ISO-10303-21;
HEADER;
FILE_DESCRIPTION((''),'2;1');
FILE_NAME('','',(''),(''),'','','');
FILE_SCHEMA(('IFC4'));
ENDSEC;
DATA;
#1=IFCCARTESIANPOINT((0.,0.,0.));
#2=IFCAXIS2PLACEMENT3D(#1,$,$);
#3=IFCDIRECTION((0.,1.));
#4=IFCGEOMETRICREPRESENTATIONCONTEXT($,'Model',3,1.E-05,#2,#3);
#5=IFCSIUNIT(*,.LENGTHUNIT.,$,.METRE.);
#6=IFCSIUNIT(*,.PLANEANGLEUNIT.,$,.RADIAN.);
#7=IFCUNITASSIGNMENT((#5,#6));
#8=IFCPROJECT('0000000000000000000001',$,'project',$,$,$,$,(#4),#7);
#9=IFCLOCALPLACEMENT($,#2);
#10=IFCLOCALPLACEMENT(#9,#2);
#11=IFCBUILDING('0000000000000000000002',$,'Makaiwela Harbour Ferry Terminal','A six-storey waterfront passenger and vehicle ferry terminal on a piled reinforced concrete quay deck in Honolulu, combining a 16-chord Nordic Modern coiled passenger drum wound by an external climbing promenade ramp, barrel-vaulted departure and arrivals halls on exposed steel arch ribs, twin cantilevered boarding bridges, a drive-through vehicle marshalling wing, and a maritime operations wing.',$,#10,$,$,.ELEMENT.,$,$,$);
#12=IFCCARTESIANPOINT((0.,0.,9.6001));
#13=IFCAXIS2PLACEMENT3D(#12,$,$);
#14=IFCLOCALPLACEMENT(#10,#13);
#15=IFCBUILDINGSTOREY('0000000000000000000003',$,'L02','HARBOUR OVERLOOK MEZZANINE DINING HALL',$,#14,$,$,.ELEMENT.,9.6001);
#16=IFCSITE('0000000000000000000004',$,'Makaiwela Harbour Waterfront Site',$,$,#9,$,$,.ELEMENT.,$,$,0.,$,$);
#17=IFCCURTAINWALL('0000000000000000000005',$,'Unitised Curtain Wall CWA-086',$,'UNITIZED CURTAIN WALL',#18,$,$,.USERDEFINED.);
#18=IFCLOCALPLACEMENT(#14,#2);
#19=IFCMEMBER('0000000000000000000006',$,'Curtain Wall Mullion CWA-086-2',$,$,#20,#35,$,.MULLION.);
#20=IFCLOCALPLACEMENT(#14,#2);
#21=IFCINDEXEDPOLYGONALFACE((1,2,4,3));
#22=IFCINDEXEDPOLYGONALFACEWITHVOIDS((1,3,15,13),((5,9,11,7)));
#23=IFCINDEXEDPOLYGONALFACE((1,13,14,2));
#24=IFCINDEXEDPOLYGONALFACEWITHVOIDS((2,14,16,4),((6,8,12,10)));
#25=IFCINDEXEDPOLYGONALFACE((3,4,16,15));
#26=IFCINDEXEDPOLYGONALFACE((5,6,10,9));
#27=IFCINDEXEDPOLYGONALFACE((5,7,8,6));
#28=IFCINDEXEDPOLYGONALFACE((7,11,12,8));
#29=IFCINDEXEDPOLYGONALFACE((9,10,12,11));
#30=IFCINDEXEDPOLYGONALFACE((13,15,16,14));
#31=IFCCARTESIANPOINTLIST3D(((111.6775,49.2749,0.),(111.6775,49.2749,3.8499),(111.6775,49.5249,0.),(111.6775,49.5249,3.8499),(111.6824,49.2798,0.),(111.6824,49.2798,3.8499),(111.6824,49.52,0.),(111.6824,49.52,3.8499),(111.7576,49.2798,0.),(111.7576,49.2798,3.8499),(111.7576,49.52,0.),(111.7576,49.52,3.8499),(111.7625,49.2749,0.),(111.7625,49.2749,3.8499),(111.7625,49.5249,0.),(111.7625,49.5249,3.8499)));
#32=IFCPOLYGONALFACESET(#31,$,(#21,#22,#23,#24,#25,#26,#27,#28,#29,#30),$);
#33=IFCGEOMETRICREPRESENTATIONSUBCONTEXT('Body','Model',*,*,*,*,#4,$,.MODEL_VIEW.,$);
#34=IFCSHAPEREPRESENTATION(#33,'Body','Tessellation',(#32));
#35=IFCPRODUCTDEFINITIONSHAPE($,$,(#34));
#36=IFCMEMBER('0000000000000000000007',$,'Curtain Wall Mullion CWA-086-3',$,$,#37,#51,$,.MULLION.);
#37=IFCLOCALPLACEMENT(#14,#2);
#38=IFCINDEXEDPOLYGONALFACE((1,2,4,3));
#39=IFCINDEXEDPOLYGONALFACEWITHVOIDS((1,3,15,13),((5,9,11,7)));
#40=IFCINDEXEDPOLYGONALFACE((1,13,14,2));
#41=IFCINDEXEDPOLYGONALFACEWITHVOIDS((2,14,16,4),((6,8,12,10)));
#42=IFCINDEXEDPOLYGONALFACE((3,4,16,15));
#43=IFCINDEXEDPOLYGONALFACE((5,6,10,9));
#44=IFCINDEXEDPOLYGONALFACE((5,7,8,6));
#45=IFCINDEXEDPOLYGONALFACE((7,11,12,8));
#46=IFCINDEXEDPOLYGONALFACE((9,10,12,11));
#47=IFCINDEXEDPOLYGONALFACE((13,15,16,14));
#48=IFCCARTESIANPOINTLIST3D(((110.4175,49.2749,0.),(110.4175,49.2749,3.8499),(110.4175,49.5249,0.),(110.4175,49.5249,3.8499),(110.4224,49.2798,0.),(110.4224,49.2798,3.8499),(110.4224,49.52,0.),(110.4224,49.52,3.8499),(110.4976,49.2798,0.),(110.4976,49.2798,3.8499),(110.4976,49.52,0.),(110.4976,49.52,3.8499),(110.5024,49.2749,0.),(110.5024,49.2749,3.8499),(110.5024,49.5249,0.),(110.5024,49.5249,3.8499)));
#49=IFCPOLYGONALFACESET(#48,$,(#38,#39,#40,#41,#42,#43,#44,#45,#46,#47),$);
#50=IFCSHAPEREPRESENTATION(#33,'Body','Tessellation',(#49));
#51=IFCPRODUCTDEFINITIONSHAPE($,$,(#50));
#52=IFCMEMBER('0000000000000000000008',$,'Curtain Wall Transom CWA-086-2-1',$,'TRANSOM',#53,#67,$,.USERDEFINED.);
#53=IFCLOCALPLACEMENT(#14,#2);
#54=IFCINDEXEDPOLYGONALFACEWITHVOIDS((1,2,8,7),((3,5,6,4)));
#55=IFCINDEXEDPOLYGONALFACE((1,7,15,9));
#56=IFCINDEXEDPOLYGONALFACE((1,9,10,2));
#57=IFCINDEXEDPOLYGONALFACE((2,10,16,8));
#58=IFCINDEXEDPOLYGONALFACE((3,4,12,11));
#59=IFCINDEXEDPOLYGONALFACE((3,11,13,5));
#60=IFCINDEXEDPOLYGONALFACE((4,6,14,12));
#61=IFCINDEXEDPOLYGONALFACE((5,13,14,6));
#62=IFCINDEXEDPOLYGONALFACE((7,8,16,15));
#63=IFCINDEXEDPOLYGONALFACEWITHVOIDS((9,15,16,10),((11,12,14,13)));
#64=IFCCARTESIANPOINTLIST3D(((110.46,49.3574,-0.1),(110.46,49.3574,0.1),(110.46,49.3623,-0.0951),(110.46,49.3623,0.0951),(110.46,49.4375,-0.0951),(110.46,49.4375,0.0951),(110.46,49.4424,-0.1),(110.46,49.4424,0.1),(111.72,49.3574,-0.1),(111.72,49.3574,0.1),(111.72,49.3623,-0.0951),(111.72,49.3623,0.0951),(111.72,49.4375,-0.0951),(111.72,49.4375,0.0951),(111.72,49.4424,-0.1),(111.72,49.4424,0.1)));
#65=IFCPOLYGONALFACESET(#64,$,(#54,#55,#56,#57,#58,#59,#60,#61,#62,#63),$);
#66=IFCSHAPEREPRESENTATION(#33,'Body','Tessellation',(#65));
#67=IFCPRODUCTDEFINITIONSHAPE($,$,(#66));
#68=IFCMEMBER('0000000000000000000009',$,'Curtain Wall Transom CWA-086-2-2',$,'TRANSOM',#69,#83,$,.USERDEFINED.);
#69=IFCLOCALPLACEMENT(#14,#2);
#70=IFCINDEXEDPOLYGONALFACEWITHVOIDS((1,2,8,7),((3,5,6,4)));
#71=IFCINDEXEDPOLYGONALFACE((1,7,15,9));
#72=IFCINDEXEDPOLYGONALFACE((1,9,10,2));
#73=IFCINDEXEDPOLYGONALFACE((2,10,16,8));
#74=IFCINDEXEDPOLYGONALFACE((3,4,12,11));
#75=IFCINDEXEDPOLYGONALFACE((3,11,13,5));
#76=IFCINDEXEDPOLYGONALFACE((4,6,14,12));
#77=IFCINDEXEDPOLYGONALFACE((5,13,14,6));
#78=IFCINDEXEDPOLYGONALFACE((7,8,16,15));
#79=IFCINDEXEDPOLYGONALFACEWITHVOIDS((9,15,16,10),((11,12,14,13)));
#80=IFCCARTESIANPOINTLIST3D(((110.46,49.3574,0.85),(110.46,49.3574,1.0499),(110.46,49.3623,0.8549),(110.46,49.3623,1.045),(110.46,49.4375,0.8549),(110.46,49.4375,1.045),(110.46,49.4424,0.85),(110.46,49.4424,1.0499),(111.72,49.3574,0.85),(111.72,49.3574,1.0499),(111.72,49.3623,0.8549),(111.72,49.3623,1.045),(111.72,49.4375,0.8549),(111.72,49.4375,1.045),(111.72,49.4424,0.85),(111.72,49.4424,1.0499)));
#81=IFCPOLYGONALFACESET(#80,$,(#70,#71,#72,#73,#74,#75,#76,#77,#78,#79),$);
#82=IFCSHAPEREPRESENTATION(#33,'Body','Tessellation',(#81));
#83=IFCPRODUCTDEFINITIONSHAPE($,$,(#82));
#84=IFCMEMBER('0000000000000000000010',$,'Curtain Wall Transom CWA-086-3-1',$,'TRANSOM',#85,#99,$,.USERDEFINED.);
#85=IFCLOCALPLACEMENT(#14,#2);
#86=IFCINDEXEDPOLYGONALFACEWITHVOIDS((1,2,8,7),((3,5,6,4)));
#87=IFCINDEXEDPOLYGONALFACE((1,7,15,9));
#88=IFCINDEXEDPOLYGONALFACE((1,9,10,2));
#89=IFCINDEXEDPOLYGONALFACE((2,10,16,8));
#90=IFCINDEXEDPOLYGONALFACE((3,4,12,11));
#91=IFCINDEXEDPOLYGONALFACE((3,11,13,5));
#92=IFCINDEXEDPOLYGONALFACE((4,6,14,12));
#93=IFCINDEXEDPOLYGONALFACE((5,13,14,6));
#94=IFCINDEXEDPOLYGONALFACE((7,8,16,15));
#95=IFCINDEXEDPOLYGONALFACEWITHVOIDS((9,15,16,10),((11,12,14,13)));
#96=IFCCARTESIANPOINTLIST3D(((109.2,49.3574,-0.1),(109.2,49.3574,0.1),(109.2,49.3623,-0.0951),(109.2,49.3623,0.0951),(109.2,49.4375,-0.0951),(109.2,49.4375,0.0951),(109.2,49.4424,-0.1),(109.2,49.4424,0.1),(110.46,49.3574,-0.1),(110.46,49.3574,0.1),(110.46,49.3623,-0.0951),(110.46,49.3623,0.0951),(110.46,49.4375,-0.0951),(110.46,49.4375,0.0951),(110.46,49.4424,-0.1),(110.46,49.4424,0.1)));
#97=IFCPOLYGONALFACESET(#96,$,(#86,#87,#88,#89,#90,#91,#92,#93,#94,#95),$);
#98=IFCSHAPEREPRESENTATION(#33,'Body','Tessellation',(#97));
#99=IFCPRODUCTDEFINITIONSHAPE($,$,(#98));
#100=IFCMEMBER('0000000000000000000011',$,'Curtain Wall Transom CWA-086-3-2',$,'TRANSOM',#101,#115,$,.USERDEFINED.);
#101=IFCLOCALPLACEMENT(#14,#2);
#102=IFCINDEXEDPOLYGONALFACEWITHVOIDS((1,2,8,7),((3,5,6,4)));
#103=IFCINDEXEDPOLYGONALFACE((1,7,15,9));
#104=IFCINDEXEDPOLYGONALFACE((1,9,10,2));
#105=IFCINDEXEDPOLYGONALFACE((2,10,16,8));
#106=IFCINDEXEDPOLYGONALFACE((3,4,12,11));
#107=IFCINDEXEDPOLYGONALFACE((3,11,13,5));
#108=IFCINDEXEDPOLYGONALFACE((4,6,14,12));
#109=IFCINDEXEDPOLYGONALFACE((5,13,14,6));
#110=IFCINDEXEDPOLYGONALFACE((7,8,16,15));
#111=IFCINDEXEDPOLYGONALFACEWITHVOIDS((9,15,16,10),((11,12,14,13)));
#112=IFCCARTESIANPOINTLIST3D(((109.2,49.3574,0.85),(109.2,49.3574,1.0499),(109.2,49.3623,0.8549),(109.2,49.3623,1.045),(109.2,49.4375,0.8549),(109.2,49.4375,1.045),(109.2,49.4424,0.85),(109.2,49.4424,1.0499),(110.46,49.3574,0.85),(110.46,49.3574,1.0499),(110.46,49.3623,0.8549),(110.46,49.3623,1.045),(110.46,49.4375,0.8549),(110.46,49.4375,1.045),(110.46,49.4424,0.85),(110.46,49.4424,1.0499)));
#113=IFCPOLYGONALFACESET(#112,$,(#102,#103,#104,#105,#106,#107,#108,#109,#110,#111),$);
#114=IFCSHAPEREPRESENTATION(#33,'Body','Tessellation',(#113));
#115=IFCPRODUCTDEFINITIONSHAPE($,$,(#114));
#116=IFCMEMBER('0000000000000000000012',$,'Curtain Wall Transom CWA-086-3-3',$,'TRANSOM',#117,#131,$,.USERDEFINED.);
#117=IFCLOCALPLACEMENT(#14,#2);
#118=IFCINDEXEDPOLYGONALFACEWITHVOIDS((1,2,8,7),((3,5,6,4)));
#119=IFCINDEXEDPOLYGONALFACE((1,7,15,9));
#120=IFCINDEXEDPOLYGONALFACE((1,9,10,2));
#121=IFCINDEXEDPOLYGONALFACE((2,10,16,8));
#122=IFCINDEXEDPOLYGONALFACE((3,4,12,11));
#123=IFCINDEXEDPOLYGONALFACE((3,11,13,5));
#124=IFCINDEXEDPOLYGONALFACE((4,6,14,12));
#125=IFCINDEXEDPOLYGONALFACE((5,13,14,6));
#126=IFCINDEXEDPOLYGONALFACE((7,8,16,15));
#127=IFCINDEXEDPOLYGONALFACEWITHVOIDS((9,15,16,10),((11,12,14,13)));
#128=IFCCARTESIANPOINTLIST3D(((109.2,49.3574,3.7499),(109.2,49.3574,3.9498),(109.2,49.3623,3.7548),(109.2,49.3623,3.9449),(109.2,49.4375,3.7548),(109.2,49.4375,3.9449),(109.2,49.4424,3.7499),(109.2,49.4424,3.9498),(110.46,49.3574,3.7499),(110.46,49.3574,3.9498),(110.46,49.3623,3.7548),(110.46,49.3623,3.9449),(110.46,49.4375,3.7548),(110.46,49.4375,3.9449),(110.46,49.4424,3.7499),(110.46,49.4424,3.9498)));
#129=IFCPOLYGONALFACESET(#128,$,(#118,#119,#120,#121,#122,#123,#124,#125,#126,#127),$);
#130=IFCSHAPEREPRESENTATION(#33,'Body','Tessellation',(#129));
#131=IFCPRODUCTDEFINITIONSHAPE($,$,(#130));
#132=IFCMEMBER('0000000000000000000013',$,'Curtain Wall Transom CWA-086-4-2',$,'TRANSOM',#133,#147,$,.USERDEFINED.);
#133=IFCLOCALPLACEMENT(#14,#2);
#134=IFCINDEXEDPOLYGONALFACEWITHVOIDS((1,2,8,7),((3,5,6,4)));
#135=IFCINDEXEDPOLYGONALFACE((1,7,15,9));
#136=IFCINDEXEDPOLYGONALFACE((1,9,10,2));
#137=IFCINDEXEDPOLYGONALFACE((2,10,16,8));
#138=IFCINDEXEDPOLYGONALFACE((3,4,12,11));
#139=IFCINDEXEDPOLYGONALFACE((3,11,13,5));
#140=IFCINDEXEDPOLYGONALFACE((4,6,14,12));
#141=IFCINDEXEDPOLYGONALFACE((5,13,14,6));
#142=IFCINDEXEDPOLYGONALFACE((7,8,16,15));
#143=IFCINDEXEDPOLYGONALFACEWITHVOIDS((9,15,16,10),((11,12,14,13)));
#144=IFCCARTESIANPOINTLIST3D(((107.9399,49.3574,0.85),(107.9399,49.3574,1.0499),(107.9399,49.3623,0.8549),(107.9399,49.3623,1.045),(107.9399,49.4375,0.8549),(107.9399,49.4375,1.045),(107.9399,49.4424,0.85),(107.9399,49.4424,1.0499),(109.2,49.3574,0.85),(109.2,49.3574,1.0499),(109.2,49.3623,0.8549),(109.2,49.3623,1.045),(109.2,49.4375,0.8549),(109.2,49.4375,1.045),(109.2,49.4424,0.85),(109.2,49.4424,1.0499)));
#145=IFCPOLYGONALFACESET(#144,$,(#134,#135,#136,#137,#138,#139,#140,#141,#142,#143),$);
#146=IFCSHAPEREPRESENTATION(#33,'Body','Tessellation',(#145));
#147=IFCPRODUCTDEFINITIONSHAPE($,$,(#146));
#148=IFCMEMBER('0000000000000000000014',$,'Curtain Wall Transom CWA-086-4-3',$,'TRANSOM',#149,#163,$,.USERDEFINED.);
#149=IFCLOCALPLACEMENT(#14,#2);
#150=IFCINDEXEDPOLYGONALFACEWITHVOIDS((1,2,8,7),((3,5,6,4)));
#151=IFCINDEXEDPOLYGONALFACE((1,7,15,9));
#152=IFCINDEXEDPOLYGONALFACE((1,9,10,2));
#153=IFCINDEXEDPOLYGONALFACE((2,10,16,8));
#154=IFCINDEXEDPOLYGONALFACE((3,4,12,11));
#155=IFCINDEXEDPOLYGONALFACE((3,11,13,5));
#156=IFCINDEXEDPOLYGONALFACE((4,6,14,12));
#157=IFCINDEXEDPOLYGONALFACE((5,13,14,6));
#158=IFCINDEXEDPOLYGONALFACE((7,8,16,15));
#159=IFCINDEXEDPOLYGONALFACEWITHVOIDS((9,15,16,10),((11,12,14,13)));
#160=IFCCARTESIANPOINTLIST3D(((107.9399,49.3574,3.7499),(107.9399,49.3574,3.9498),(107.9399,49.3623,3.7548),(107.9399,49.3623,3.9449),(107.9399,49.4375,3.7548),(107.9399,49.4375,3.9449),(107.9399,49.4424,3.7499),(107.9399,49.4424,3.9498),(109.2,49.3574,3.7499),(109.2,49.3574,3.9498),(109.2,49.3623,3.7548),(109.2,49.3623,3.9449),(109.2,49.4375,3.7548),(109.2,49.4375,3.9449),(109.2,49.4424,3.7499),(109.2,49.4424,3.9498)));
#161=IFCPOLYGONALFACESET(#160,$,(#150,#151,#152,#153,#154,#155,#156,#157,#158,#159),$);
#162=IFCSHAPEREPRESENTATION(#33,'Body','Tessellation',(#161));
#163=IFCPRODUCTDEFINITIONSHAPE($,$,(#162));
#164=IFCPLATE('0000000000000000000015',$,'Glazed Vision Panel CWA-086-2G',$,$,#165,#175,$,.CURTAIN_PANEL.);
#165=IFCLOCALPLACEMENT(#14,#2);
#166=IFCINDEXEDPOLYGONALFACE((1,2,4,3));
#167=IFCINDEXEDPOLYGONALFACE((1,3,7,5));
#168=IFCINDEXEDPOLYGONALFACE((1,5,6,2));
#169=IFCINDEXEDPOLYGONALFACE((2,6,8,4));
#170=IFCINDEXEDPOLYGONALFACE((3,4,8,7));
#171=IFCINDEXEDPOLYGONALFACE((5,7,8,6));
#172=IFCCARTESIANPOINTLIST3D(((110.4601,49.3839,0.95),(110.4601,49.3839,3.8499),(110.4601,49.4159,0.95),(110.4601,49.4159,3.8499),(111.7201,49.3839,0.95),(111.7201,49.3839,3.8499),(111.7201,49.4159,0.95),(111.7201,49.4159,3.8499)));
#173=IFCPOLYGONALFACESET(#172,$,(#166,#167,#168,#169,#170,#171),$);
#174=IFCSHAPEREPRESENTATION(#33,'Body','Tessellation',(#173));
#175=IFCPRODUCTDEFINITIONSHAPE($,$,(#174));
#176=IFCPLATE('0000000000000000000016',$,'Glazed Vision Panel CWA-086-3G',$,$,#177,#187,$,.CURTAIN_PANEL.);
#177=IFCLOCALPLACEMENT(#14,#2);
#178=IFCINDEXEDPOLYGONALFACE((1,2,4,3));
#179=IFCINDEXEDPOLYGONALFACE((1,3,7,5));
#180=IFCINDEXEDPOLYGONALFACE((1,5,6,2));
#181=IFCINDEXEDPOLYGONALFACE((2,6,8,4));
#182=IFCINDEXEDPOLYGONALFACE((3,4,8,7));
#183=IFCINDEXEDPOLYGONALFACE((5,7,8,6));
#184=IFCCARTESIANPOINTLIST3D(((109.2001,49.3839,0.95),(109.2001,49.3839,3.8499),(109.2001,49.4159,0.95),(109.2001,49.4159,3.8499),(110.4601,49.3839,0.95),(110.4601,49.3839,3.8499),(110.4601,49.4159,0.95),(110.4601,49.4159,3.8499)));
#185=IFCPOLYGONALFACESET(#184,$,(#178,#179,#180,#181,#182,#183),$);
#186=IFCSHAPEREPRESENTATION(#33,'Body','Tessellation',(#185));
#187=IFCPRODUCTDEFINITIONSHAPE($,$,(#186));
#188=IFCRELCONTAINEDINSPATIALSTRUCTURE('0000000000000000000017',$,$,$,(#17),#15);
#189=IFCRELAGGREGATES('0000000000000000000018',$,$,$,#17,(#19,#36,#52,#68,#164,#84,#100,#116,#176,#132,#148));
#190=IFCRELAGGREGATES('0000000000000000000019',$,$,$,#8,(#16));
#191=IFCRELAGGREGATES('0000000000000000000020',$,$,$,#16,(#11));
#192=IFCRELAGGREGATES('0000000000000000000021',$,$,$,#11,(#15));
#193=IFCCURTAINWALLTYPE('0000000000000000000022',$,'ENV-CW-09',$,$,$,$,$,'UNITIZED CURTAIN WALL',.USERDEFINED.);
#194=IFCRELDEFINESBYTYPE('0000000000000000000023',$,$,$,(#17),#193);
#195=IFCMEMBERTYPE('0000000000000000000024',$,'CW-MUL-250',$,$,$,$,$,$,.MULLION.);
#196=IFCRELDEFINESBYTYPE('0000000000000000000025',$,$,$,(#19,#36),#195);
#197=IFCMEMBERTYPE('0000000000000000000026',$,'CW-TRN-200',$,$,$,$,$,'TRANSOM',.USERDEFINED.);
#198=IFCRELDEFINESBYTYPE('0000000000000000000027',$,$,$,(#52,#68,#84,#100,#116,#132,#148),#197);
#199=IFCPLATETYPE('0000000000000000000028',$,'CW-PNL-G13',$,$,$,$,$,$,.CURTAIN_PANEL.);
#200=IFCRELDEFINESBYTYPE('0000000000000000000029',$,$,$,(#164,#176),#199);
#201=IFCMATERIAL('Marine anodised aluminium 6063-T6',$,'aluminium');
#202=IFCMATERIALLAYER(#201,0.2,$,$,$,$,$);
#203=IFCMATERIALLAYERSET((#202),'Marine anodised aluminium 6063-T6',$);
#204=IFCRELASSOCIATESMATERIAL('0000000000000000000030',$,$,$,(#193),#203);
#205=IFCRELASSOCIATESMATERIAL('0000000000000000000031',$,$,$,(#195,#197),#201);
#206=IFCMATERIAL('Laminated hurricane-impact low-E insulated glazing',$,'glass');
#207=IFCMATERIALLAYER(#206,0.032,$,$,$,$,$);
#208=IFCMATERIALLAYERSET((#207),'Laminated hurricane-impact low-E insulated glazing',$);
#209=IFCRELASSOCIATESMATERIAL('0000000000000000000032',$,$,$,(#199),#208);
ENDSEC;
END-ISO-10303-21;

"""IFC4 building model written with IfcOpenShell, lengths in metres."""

from ifc_helpers import new_model, si_unit, direction, frame, origin, origin_2d, place, context, subcontext, project, spatial, rectangle, hollow_rectangle, extrude, material, layer, layer_set, material_profile, profile_set, type_object, element, aggregate, save


model = new_model("IFC4")

# Units and contexts
model_context = context("Model", 3, precision=1e-05, world=origin(), true_north=direction((0.0, 1.0)))
body_context = subcontext(model_context, "Body", "Model", "MODEL_VIEW")
ifc_project = project(units=[si_unit("LENGTHUNIT", "METRE"), si_unit("PLANEANGLEUNIT", "RADIAN")], contexts=[model_context])

# Site, building, storey
site_placement = place(None, origin())
site = spatial("IfcSite", under=ifc_project, at=site_placement, Name="Makaiwela Harbour Waterfront Site", CompositionType="ELEMENT", RefElevation=0.0)
building_placement = place(site_placement, origin())
building = spatial("IfcBuilding", under=site, at=building_placement, Name="Makaiwela Harbour Ferry Terminal", Description="A six-storey waterfront passenger and vehicle ferry terminal on a piled reinforced concrete quay deck in Honolulu, combining a 16-chord Nordic Modern coiled passenger drum wound by an external climbing promenade ramp, barrel-vaulted departure and arrivals halls on exposed steel arch ribs, twin cantilevered boarding bridges, a drive-through vehicle marshalling wing, and a maritime operations wing.", CompositionType="ELEMENT")
storey_placement = place(building_placement, frame((0.0, 0.0, 9.6001)))
storey = spatial("IfcBuildingStorey", under=building, at=storey_placement, Name="L02", Description="HARBOUR OVERLOOK MEZZANINE DINING HALL", CompositionType="ELEMENT", Elevation=9.6001)

# Curtain wall, members, plates
ifc_material_1 = material(Name="Marine anodised aluminium 6063-T6", Category="aluminium")
ifc_layer_1 = layer(ifc_material_1, 0.2)
ifc_layer_set_1 = layer_set([ifc_layer_1], Name="Marine anodised aluminium 6063-T6")
curtain_wall_type = type_object("IfcCurtainWallType", Name="ENV-CW-09", ElementType="UNITIZED CURTAIN WALL", PredefinedType="USERDEFINED", material=ifc_layer_set_1)
curtain_wall_placement = place(storey_placement, origin())
curtain_wall = element("IfcCurtainWall", 1, at=curtain_wall_placement, inside=storey, type_object=curtain_wall_type, Name="Unitised Curtain Wall CWA-086", ObjectType="UNITIZED CURTAIN WALL", PredefinedType="USERDEFINED")
ifc_material_profile_1 = material_profile(ifc_material_1, hollow_rectangle(XDim=0.085, YDim=0.25, WallThickness=0.0049, at=origin_2d()), Name="CWM-250X85")
ifc_profile_set_1 = profile_set([ifc_material_profile_1], Name="Marine anodised aluminium 6063-T6")
member_type_1 = type_object("IfcMemberType", Name="CW-MUL-250", PredefinedType="MULLION", material=ifc_profile_set_1)
member_1_placement = place(storey_placement, frame((111.72, 49.3999, 0.0), z_axis=(0.0, 0.0, 1.0), x_axis=(1.0, 0.0, 0.0)))
member_1 = element("IfcMember", 2, at=member_1_placement, type_object=member_type_1, Name="Curtain Wall Mullion CWA-086-2", PredefinedType="MULLION", context=body_context, shape_type="SweptSolid", body=[
    extrude(hollow_rectangle(XDim=0.085, YDim=0.25, WallThickness=0.0049, at=origin_2d()), origin(), (0.0, 0.0, 1.0), 3.8499),
])
member_2_placement = place(storey_placement, frame((110.46, 49.3999, 0.0), z_axis=(0.0, 0.0, 1.0), x_axis=(1.0, 0.0, 0.0)))
member_2 = element("IfcMember", 3, at=member_2_placement, type_object=member_type_1, Name="Curtain Wall Mullion CWA-086-3", PredefinedType="MULLION", context=body_context, shape_type="SweptSolid", body=[
    extrude(hollow_rectangle(XDim=0.085, YDim=0.25, WallThickness=0.0049, at=origin_2d()), origin(), (0.0, 0.0, 1.0), 3.8499),
])
ifc_material_profile_2 = material_profile(ifc_material_1, hollow_rectangle(XDim=0.085, YDim=0.2, WallThickness=0.0049, at=origin_2d()), Name="CWT-200X85")
ifc_profile_set_2 = profile_set([ifc_material_profile_2], Name="Marine anodised aluminium 6063-T6")
member_type_2 = type_object("IfcMemberType", Name="CW-TRN-200", ElementType="TRANSOM", PredefinedType="USERDEFINED", material=ifc_profile_set_2)
member_3_placement = place(storey_placement, frame((111.72, 49.3999, 0.0), z_axis=(-1.0, 0.0, 0.0), x_axis=(0.0, -1.0, 0.0)))
member_3 = element("IfcMember", 4, at=member_3_placement, type_object=member_type_2, Name="Curtain Wall Transom CWA-086-2-1", ObjectType="TRANSOM", PredefinedType="USERDEFINED", context=body_context, shape_type="SweptSolid", body=[
    extrude(hollow_rectangle(XDim=0.085, YDim=0.2, WallThickness=0.0049, at=origin_2d()), origin(), (0.0, 0.0, 1.0), 1.26),
])
member_4_placement = place(storey_placement, frame((111.72, 49.3999, 0.95), z_axis=(-1.0, 0.0, 0.0), x_axis=(0.0, -1.0, 0.0)))
member_4 = element("IfcMember", 5, at=member_4_placement, type_object=member_type_2, Name="Curtain Wall Transom CWA-086-2-2", ObjectType="TRANSOM", PredefinedType="USERDEFINED", context=body_context, shape_type="SweptSolid", body=[
    extrude(hollow_rectangle(XDim=0.085, YDim=0.2, WallThickness=0.0049, at=origin_2d()), origin(), (0.0, 0.0, 1.0), 1.26),
])
member_5_placement = place(storey_placement, frame((110.46, 49.3999, 0.0), z_axis=(-1.0, 0.0, 0.0), x_axis=(0.0, -1.0, 0.0)))
member_5 = element("IfcMember", 6, at=member_5_placement, type_object=member_type_2, Name="Curtain Wall Transom CWA-086-3-1", ObjectType="TRANSOM", PredefinedType="USERDEFINED", context=body_context, shape_type="SweptSolid", body=[
    extrude(hollow_rectangle(XDim=0.085, YDim=0.2, WallThickness=0.0049, at=origin_2d()), origin(), (0.0, 0.0, 1.0), 1.26),
])
member_6_placement = place(storey_placement, frame((110.46, 49.3999, 0.95), z_axis=(-1.0, 0.0, 0.0), x_axis=(0.0, -1.0, 0.0)))
member_6 = element("IfcMember", 7, at=member_6_placement, type_object=member_type_2, Name="Curtain Wall Transom CWA-086-3-2", ObjectType="TRANSOM", PredefinedType="USERDEFINED", context=body_context, shape_type="SweptSolid", body=[
    extrude(hollow_rectangle(XDim=0.085, YDim=0.2, WallThickness=0.0049, at=origin_2d()), origin(), (0.0, 0.0, 1.0), 1.26),
])
member_7_placement = place(storey_placement, frame((110.46, 49.3999, 3.8499), z_axis=(-1.0, 0.0, 0.0), x_axis=(0.0, -1.0, 0.0)))
member_7 = element("IfcMember", 8, at=member_7_placement, type_object=member_type_2, Name="Curtain Wall Transom CWA-086-3-3", ObjectType="TRANSOM", PredefinedType="USERDEFINED", context=body_context, shape_type="SweptSolid", body=[
    extrude(hollow_rectangle(XDim=0.085, YDim=0.2, WallThickness=0.0049, at=origin_2d()), origin(), (0.0, 0.0, 1.0), 1.26),
])
member_8_placement = place(storey_placement, frame((109.2, 49.3999, 0.95), z_axis=(-1.0, 0.0, 0.0), x_axis=(0.0, -1.0, 0.0)))
member_8 = element("IfcMember", 9, at=member_8_placement, type_object=member_type_2, Name="Curtain Wall Transom CWA-086-4-2", ObjectType="TRANSOM", PredefinedType="USERDEFINED", context=body_context, shape_type="SweptSolid", body=[
    extrude(hollow_rectangle(XDim=0.085, YDim=0.2, WallThickness=0.0049, at=origin_2d()), origin(), (0.0, 0.0, 1.0), 1.26),
])
member_9_placement = place(storey_placement, frame((109.2, 49.3999, 3.8499), z_axis=(-1.0, 0.0, 0.0), x_axis=(0.0, -1.0, 0.0)))
member_9 = element("IfcMember", 10, at=member_9_placement, type_object=member_type_2, Name="Curtain Wall Transom CWA-086-4-3", ObjectType="TRANSOM", PredefinedType="USERDEFINED", context=body_context, shape_type="SweptSolid", body=[
    extrude(hollow_rectangle(XDim=0.085, YDim=0.2, WallThickness=0.0049, at=origin_2d()), origin(), (0.0, 0.0, 1.0), 1.26),
])
ifc_material_2 = material(Name="Laminated hurricane-impact low-E insulated glazing", Category="glass")
ifc_layer_2 = layer(ifc_material_2, 0.032)
ifc_layer_set_2 = layer_set([ifc_layer_2], Name="Laminated hurricane-impact low-E insulated glazing")
plate_type_1 = type_object("IfcPlateType", Name="CW-PNL-G13", PredefinedType="CURTAIN_PANEL", material=ifc_layer_set_2)
plate_1_placement = place(storey_placement, frame((111.0901, 49.3999, 0.95), z_axis=(0.0, 0.0, 1.0), x_axis=(-1.0, 0.0, 0.0)))
plate_1 = element("IfcPlate", 11, at=plate_1_placement, type_object=plate_type_1, Name="Glazed Vision Panel CWA-086-2G", PredefinedType="CURTAIN_PANEL", context=body_context, shape_type="SweptSolid", body=[
    extrude(rectangle(XDim=1.26, YDim=0.032, at=origin_2d()), origin(), (0.0, 0.0, 1.0), 2.8999),
])
plate_2_placement = place(storey_placement, frame((109.8301, 49.3999, 0.95), z_axis=(0.0, 0.0, 1.0), x_axis=(-1.0, 0.0, 0.0)))
plate_2 = element("IfcPlate", 12, at=plate_2_placement, type_object=plate_type_1, Name="Glazed Vision Panel CWA-086-3G", PredefinedType="CURTAIN_PANEL", context=body_context, shape_type="SweptSolid", body=[
    extrude(rectangle(XDim=1.26, YDim=0.032, at=origin_2d()), origin(), (0.0, 0.0, 1.0), 2.8999),
])
aggregate(curtain_wall, [member_1, member_2, member_3, member_4, plate_1, member_5, member_6, member_7, plate_2, member_8, member_9])

save(model, "model.ifc")
